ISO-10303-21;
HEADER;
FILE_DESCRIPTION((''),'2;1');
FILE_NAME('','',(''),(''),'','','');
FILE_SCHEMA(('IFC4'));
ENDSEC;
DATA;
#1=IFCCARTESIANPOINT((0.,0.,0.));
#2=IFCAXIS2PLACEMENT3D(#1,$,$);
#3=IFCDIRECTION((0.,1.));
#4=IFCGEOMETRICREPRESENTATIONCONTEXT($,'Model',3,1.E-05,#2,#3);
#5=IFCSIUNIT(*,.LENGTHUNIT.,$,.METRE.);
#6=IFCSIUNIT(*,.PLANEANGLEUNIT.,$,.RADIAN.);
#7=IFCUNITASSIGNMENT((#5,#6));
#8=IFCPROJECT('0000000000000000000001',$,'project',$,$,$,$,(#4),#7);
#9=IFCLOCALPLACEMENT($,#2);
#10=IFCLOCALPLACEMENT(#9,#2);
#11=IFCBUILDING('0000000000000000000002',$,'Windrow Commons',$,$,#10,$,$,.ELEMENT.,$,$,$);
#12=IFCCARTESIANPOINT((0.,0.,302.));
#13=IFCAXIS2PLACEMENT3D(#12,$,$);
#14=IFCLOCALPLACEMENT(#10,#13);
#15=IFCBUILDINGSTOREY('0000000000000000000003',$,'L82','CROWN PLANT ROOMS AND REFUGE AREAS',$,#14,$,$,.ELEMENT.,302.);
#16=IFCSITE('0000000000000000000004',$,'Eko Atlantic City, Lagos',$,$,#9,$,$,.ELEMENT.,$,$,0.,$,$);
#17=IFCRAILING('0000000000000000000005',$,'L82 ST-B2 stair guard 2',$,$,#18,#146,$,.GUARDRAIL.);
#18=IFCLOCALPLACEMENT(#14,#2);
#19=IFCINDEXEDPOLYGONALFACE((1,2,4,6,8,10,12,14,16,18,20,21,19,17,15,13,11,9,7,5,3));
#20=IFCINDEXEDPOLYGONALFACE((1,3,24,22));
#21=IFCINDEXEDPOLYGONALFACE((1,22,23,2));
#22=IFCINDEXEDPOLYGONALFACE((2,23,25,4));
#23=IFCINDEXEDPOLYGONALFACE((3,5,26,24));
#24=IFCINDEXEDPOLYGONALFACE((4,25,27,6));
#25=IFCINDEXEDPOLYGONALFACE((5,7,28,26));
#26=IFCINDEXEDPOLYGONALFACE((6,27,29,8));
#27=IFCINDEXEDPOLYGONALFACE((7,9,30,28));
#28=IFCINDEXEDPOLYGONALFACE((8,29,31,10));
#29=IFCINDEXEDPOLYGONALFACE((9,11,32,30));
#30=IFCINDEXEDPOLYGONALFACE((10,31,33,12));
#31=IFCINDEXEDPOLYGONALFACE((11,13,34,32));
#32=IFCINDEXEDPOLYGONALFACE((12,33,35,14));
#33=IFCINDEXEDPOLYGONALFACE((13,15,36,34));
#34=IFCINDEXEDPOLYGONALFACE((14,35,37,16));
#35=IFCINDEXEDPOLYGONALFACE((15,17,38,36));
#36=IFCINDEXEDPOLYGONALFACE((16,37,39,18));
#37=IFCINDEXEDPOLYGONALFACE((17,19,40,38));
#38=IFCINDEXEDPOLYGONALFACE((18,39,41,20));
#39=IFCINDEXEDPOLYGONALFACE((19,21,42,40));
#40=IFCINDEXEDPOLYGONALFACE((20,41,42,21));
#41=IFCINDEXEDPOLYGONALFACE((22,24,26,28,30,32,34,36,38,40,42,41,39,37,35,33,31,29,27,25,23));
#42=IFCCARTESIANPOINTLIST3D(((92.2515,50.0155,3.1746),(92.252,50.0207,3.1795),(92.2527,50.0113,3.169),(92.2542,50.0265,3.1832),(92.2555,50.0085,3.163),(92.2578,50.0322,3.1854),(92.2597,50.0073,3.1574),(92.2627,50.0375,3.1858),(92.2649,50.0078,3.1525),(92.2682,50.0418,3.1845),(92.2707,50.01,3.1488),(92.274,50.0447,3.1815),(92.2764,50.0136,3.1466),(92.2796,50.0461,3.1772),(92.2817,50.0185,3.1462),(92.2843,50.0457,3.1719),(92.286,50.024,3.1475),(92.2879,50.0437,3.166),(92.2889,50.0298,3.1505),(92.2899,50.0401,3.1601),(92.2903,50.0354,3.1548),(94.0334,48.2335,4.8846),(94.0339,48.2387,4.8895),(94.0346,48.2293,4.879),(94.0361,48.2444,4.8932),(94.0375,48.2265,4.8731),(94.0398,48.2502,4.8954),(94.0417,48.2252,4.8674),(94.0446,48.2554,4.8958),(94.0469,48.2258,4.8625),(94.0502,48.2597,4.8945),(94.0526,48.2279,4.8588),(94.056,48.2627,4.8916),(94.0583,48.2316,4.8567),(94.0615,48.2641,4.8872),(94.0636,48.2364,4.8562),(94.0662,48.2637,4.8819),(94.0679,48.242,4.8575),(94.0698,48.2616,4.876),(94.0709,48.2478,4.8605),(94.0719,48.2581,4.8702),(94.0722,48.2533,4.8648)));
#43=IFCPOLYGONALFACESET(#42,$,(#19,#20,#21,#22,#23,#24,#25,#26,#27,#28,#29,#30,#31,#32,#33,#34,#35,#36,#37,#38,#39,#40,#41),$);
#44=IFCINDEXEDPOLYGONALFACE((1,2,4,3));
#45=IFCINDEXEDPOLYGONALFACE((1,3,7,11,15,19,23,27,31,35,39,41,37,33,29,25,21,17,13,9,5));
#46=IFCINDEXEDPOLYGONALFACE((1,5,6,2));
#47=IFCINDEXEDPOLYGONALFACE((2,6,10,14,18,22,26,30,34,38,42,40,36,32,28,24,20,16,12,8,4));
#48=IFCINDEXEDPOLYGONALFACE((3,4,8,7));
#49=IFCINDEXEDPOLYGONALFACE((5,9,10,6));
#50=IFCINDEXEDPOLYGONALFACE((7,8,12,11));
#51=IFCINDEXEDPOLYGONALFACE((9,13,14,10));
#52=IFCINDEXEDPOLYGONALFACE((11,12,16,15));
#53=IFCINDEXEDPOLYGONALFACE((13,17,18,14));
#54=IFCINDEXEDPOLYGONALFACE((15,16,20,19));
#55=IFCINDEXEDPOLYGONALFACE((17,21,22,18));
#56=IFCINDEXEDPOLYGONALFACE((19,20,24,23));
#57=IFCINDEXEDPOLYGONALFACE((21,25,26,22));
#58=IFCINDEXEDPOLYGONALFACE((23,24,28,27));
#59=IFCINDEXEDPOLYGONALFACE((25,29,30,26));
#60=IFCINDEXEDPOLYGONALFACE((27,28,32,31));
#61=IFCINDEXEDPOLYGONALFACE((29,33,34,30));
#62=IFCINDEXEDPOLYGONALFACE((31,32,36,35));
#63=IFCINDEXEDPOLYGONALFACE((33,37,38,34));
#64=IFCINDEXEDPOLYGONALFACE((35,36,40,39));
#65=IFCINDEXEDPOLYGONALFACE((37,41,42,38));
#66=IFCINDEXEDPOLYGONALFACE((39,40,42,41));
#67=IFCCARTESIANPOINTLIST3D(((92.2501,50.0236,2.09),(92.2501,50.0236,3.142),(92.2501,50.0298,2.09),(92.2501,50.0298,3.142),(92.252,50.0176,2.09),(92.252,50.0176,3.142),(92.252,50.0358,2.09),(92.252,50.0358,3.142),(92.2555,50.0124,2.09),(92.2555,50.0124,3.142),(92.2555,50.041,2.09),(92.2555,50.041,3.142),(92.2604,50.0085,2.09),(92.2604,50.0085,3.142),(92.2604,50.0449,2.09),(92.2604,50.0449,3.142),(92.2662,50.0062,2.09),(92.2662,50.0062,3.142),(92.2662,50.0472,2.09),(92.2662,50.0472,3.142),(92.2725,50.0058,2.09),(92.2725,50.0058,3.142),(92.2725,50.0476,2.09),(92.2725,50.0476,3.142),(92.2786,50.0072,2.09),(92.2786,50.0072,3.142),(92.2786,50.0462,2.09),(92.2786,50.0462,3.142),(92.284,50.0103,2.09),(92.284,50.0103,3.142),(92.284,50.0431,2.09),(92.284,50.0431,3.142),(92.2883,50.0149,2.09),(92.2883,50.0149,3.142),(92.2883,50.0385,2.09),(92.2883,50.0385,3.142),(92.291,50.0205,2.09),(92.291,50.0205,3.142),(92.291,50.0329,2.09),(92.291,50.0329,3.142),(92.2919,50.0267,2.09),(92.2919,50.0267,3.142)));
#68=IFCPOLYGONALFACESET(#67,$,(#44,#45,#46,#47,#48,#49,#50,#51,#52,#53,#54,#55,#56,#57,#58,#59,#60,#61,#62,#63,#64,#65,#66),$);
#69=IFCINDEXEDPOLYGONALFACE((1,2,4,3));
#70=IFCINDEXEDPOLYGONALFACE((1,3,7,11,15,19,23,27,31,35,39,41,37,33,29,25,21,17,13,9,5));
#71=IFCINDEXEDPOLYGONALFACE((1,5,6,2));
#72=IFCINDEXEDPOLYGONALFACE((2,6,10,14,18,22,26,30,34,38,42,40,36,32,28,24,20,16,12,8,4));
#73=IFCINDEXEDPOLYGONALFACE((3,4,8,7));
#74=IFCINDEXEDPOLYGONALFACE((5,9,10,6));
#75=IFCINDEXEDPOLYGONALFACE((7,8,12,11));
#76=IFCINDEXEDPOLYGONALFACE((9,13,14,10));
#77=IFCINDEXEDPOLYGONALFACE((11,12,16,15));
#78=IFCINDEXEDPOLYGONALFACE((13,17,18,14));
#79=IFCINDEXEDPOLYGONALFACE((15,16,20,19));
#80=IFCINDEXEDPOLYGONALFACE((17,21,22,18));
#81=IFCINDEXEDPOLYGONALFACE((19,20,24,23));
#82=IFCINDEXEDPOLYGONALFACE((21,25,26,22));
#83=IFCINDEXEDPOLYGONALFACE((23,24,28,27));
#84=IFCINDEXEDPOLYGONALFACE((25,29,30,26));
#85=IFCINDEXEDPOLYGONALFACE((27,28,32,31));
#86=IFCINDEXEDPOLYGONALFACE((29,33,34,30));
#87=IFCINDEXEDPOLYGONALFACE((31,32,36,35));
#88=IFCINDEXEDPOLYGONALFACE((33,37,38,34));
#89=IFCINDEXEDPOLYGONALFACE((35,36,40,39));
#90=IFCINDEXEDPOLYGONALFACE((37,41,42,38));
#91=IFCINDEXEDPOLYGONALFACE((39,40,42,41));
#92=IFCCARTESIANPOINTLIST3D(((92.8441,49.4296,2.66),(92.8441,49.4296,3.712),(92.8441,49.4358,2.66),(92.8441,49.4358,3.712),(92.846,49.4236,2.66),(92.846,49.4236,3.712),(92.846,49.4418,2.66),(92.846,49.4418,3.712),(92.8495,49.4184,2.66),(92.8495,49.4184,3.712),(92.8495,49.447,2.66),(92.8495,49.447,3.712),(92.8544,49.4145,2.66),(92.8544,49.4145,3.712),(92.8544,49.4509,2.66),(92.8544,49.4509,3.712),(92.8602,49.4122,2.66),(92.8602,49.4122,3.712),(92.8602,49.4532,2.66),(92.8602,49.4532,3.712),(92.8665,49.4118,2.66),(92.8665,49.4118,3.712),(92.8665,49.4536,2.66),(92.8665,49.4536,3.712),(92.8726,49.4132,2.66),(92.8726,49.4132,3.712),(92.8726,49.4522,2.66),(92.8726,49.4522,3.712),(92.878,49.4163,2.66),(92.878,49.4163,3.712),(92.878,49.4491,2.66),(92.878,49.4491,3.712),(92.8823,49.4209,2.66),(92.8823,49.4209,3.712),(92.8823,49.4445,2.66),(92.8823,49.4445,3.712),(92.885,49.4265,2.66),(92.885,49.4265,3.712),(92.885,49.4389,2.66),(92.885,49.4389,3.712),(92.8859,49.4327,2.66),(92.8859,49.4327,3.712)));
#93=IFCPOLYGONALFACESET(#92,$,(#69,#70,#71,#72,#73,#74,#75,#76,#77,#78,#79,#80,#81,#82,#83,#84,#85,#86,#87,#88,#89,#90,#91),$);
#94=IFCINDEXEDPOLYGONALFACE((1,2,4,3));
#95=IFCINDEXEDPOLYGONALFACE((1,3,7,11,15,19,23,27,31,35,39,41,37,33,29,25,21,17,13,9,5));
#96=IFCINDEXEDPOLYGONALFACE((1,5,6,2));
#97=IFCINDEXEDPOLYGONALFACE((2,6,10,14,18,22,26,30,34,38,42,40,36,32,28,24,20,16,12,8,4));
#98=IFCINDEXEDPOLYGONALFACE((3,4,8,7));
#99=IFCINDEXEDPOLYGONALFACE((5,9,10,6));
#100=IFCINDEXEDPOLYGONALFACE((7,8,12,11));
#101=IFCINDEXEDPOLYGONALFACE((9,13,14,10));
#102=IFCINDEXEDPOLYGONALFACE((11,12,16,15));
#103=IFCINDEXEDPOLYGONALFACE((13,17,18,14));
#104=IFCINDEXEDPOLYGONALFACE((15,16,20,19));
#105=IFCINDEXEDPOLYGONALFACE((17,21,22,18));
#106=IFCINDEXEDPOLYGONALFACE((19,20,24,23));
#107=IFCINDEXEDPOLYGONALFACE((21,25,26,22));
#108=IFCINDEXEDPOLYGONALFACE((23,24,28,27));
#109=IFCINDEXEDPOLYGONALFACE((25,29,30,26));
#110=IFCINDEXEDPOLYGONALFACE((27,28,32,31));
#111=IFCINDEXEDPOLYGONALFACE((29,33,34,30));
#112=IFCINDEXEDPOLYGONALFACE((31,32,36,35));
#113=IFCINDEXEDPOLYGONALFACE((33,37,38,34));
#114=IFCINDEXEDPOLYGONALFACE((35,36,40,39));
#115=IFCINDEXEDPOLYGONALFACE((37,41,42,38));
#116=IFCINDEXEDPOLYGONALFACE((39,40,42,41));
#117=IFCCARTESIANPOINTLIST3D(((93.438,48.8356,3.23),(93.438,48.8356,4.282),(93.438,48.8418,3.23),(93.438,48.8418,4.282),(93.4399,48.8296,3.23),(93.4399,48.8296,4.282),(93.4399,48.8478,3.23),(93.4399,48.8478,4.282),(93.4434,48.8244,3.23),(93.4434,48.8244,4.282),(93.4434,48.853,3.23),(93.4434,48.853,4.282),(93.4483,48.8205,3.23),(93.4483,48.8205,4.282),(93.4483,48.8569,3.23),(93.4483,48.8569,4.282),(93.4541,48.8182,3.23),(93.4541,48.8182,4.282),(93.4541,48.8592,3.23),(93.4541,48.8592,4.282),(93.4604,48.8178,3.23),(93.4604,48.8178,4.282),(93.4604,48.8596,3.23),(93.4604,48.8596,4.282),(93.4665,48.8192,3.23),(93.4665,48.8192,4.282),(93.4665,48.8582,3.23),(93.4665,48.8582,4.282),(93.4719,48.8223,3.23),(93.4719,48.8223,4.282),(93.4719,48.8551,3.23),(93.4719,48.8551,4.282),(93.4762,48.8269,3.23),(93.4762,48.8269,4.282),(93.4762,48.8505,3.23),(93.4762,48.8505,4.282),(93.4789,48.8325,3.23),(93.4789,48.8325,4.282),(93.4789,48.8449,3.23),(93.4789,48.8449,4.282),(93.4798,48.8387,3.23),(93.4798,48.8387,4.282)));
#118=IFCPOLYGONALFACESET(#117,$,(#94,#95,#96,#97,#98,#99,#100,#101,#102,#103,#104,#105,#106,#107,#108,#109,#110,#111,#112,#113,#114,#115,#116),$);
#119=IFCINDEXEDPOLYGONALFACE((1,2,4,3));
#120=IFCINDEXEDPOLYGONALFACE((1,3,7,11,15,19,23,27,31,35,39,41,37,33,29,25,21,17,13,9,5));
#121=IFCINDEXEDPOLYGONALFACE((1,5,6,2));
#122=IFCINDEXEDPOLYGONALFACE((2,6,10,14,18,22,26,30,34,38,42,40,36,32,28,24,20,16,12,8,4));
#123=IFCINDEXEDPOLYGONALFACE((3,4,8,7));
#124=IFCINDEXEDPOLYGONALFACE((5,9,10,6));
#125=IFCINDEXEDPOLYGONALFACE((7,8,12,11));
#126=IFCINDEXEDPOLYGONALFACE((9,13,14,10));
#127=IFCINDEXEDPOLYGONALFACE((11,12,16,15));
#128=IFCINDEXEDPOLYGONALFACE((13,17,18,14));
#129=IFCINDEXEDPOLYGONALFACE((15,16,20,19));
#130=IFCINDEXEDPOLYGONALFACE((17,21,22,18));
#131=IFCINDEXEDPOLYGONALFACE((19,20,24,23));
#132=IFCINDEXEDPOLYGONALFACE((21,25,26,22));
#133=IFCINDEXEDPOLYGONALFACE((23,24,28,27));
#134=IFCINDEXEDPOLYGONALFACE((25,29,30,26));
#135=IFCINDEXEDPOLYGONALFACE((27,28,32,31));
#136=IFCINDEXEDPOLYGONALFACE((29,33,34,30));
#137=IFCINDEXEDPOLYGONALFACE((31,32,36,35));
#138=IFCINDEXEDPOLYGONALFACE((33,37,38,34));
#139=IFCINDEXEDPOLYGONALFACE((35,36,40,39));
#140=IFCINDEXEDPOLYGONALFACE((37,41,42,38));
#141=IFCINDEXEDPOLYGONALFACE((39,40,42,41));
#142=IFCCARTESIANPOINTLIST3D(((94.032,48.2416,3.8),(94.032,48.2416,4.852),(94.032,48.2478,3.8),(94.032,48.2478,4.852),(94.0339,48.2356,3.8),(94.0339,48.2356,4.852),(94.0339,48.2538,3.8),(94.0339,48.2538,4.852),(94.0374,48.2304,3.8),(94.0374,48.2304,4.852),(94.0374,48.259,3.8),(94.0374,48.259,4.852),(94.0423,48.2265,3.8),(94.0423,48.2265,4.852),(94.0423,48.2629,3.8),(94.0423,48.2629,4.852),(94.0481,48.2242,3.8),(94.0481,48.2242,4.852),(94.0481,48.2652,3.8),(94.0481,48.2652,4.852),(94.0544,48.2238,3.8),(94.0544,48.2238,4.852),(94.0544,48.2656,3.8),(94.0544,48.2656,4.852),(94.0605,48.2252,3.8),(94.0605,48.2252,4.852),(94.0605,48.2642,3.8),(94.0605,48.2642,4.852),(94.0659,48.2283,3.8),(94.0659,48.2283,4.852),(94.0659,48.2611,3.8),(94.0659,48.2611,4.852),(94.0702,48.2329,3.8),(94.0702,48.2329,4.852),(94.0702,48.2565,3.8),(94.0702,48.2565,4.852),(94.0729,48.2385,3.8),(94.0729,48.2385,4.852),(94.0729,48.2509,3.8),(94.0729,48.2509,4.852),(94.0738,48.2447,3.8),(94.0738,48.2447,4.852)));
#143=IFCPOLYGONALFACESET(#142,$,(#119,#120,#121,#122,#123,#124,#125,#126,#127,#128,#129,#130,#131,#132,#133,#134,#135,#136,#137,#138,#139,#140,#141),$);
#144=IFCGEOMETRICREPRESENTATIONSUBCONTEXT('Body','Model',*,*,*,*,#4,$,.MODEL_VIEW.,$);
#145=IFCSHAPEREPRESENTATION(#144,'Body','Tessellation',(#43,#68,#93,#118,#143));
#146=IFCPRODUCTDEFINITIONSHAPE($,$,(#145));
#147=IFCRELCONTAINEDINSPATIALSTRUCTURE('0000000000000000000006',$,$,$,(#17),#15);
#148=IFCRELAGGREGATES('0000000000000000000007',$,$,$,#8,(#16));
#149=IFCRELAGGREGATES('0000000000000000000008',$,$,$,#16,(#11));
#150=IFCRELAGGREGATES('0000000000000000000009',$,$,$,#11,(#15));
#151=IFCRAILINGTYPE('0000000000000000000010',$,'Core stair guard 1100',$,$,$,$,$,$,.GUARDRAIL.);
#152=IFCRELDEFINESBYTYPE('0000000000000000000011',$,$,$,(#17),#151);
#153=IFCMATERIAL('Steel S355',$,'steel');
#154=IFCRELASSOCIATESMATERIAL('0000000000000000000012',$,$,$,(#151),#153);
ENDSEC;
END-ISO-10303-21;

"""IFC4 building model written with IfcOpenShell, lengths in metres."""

from ifc_helpers import new_model, si_unit, direction, frame, origin, origin_2d, place, context, subcontext, project, spatial, circle, extrude, material, type_object, element, save


model = new_model("IFC4")

# Units and contexts
model_context = context("Model", 3, precision=1e-05, world=origin(), true_north=direction((0.0, 1.0)))
body_context = subcontext(model_context, "Body", "Model", "MODEL_VIEW")
ifc_project = project(units=[si_unit("LENGTHUNIT", "METRE"), si_unit("PLANEANGLEUNIT", "RADIAN")], contexts=[model_context])

# Site, building, storey
site_placement = place(None, origin())
site = spatial("IfcSite", under=ifc_project, at=site_placement, Name="Eko Atlantic City, Lagos", CompositionType="ELEMENT", RefElevation=0.0)
building_placement = place(site_placement, origin())
building = spatial("IfcBuilding", under=site, at=building_placement, Name="Windrow Commons", CompositionType="ELEMENT")
storey_placement = place(building_placement, frame((0.0, 0.0, 302.0)))
storey = spatial("IfcBuildingStorey", under=building, at=storey_placement, Name="L82", Description="CROWN PLANT ROOMS AND REFUGE AREAS", CompositionType="ELEMENT", Elevation=302.0)

# Railing
ifc_material_1 = material(Name="Steel S355", Category="steel")
railing_type_1 = type_object("IfcRailingType", Name="Core stair guard 1100", PredefinedType="GUARDRAIL", material=ifc_material_1)
railing_1_placement = place(storey_placement, frame((92.2709, 50.0267, 2.09)))
element("IfcRailing", 1, at=railing_1_placement, inside=storey, type_object=railing_type_1, Name="L82 ST-B2 stair guard 2", PredefinedType="GUARDRAIL", context=body_context, shape_type="SweptSolid", body=[
    extrude(circle(Radius=0.024, at=origin_2d()), frame((0.0, 0.0, 1.076), z_axis=(0.585102, -0.585134, 0.561493), x_axis=(0.707127, 0.707087, 0.0)), (0.0, 0.0, 1.0), 3.0455),
    extrude(circle(Radius=0.021, at=origin_2d()), origin(), (0.0, 0.0, 1.0), 1.052),
    extrude(circle(Radius=0.021, at=origin_2d()), frame((0.594, -0.594, 0.57)), (0.0, 0.0, 1.0), 1.052),
    extrude(circle(Radius=0.021, at=origin_2d()), frame((1.1879, -1.188, 1.14)), (0.0, 0.0, 1.0), 1.052),
    extrude(circle(Radius=0.021, at=origin_2d()), frame((1.7819, -1.782, 1.71)), (0.0, 0.0, 1.0), 1.052),
])

save(model, "model.ifc")
